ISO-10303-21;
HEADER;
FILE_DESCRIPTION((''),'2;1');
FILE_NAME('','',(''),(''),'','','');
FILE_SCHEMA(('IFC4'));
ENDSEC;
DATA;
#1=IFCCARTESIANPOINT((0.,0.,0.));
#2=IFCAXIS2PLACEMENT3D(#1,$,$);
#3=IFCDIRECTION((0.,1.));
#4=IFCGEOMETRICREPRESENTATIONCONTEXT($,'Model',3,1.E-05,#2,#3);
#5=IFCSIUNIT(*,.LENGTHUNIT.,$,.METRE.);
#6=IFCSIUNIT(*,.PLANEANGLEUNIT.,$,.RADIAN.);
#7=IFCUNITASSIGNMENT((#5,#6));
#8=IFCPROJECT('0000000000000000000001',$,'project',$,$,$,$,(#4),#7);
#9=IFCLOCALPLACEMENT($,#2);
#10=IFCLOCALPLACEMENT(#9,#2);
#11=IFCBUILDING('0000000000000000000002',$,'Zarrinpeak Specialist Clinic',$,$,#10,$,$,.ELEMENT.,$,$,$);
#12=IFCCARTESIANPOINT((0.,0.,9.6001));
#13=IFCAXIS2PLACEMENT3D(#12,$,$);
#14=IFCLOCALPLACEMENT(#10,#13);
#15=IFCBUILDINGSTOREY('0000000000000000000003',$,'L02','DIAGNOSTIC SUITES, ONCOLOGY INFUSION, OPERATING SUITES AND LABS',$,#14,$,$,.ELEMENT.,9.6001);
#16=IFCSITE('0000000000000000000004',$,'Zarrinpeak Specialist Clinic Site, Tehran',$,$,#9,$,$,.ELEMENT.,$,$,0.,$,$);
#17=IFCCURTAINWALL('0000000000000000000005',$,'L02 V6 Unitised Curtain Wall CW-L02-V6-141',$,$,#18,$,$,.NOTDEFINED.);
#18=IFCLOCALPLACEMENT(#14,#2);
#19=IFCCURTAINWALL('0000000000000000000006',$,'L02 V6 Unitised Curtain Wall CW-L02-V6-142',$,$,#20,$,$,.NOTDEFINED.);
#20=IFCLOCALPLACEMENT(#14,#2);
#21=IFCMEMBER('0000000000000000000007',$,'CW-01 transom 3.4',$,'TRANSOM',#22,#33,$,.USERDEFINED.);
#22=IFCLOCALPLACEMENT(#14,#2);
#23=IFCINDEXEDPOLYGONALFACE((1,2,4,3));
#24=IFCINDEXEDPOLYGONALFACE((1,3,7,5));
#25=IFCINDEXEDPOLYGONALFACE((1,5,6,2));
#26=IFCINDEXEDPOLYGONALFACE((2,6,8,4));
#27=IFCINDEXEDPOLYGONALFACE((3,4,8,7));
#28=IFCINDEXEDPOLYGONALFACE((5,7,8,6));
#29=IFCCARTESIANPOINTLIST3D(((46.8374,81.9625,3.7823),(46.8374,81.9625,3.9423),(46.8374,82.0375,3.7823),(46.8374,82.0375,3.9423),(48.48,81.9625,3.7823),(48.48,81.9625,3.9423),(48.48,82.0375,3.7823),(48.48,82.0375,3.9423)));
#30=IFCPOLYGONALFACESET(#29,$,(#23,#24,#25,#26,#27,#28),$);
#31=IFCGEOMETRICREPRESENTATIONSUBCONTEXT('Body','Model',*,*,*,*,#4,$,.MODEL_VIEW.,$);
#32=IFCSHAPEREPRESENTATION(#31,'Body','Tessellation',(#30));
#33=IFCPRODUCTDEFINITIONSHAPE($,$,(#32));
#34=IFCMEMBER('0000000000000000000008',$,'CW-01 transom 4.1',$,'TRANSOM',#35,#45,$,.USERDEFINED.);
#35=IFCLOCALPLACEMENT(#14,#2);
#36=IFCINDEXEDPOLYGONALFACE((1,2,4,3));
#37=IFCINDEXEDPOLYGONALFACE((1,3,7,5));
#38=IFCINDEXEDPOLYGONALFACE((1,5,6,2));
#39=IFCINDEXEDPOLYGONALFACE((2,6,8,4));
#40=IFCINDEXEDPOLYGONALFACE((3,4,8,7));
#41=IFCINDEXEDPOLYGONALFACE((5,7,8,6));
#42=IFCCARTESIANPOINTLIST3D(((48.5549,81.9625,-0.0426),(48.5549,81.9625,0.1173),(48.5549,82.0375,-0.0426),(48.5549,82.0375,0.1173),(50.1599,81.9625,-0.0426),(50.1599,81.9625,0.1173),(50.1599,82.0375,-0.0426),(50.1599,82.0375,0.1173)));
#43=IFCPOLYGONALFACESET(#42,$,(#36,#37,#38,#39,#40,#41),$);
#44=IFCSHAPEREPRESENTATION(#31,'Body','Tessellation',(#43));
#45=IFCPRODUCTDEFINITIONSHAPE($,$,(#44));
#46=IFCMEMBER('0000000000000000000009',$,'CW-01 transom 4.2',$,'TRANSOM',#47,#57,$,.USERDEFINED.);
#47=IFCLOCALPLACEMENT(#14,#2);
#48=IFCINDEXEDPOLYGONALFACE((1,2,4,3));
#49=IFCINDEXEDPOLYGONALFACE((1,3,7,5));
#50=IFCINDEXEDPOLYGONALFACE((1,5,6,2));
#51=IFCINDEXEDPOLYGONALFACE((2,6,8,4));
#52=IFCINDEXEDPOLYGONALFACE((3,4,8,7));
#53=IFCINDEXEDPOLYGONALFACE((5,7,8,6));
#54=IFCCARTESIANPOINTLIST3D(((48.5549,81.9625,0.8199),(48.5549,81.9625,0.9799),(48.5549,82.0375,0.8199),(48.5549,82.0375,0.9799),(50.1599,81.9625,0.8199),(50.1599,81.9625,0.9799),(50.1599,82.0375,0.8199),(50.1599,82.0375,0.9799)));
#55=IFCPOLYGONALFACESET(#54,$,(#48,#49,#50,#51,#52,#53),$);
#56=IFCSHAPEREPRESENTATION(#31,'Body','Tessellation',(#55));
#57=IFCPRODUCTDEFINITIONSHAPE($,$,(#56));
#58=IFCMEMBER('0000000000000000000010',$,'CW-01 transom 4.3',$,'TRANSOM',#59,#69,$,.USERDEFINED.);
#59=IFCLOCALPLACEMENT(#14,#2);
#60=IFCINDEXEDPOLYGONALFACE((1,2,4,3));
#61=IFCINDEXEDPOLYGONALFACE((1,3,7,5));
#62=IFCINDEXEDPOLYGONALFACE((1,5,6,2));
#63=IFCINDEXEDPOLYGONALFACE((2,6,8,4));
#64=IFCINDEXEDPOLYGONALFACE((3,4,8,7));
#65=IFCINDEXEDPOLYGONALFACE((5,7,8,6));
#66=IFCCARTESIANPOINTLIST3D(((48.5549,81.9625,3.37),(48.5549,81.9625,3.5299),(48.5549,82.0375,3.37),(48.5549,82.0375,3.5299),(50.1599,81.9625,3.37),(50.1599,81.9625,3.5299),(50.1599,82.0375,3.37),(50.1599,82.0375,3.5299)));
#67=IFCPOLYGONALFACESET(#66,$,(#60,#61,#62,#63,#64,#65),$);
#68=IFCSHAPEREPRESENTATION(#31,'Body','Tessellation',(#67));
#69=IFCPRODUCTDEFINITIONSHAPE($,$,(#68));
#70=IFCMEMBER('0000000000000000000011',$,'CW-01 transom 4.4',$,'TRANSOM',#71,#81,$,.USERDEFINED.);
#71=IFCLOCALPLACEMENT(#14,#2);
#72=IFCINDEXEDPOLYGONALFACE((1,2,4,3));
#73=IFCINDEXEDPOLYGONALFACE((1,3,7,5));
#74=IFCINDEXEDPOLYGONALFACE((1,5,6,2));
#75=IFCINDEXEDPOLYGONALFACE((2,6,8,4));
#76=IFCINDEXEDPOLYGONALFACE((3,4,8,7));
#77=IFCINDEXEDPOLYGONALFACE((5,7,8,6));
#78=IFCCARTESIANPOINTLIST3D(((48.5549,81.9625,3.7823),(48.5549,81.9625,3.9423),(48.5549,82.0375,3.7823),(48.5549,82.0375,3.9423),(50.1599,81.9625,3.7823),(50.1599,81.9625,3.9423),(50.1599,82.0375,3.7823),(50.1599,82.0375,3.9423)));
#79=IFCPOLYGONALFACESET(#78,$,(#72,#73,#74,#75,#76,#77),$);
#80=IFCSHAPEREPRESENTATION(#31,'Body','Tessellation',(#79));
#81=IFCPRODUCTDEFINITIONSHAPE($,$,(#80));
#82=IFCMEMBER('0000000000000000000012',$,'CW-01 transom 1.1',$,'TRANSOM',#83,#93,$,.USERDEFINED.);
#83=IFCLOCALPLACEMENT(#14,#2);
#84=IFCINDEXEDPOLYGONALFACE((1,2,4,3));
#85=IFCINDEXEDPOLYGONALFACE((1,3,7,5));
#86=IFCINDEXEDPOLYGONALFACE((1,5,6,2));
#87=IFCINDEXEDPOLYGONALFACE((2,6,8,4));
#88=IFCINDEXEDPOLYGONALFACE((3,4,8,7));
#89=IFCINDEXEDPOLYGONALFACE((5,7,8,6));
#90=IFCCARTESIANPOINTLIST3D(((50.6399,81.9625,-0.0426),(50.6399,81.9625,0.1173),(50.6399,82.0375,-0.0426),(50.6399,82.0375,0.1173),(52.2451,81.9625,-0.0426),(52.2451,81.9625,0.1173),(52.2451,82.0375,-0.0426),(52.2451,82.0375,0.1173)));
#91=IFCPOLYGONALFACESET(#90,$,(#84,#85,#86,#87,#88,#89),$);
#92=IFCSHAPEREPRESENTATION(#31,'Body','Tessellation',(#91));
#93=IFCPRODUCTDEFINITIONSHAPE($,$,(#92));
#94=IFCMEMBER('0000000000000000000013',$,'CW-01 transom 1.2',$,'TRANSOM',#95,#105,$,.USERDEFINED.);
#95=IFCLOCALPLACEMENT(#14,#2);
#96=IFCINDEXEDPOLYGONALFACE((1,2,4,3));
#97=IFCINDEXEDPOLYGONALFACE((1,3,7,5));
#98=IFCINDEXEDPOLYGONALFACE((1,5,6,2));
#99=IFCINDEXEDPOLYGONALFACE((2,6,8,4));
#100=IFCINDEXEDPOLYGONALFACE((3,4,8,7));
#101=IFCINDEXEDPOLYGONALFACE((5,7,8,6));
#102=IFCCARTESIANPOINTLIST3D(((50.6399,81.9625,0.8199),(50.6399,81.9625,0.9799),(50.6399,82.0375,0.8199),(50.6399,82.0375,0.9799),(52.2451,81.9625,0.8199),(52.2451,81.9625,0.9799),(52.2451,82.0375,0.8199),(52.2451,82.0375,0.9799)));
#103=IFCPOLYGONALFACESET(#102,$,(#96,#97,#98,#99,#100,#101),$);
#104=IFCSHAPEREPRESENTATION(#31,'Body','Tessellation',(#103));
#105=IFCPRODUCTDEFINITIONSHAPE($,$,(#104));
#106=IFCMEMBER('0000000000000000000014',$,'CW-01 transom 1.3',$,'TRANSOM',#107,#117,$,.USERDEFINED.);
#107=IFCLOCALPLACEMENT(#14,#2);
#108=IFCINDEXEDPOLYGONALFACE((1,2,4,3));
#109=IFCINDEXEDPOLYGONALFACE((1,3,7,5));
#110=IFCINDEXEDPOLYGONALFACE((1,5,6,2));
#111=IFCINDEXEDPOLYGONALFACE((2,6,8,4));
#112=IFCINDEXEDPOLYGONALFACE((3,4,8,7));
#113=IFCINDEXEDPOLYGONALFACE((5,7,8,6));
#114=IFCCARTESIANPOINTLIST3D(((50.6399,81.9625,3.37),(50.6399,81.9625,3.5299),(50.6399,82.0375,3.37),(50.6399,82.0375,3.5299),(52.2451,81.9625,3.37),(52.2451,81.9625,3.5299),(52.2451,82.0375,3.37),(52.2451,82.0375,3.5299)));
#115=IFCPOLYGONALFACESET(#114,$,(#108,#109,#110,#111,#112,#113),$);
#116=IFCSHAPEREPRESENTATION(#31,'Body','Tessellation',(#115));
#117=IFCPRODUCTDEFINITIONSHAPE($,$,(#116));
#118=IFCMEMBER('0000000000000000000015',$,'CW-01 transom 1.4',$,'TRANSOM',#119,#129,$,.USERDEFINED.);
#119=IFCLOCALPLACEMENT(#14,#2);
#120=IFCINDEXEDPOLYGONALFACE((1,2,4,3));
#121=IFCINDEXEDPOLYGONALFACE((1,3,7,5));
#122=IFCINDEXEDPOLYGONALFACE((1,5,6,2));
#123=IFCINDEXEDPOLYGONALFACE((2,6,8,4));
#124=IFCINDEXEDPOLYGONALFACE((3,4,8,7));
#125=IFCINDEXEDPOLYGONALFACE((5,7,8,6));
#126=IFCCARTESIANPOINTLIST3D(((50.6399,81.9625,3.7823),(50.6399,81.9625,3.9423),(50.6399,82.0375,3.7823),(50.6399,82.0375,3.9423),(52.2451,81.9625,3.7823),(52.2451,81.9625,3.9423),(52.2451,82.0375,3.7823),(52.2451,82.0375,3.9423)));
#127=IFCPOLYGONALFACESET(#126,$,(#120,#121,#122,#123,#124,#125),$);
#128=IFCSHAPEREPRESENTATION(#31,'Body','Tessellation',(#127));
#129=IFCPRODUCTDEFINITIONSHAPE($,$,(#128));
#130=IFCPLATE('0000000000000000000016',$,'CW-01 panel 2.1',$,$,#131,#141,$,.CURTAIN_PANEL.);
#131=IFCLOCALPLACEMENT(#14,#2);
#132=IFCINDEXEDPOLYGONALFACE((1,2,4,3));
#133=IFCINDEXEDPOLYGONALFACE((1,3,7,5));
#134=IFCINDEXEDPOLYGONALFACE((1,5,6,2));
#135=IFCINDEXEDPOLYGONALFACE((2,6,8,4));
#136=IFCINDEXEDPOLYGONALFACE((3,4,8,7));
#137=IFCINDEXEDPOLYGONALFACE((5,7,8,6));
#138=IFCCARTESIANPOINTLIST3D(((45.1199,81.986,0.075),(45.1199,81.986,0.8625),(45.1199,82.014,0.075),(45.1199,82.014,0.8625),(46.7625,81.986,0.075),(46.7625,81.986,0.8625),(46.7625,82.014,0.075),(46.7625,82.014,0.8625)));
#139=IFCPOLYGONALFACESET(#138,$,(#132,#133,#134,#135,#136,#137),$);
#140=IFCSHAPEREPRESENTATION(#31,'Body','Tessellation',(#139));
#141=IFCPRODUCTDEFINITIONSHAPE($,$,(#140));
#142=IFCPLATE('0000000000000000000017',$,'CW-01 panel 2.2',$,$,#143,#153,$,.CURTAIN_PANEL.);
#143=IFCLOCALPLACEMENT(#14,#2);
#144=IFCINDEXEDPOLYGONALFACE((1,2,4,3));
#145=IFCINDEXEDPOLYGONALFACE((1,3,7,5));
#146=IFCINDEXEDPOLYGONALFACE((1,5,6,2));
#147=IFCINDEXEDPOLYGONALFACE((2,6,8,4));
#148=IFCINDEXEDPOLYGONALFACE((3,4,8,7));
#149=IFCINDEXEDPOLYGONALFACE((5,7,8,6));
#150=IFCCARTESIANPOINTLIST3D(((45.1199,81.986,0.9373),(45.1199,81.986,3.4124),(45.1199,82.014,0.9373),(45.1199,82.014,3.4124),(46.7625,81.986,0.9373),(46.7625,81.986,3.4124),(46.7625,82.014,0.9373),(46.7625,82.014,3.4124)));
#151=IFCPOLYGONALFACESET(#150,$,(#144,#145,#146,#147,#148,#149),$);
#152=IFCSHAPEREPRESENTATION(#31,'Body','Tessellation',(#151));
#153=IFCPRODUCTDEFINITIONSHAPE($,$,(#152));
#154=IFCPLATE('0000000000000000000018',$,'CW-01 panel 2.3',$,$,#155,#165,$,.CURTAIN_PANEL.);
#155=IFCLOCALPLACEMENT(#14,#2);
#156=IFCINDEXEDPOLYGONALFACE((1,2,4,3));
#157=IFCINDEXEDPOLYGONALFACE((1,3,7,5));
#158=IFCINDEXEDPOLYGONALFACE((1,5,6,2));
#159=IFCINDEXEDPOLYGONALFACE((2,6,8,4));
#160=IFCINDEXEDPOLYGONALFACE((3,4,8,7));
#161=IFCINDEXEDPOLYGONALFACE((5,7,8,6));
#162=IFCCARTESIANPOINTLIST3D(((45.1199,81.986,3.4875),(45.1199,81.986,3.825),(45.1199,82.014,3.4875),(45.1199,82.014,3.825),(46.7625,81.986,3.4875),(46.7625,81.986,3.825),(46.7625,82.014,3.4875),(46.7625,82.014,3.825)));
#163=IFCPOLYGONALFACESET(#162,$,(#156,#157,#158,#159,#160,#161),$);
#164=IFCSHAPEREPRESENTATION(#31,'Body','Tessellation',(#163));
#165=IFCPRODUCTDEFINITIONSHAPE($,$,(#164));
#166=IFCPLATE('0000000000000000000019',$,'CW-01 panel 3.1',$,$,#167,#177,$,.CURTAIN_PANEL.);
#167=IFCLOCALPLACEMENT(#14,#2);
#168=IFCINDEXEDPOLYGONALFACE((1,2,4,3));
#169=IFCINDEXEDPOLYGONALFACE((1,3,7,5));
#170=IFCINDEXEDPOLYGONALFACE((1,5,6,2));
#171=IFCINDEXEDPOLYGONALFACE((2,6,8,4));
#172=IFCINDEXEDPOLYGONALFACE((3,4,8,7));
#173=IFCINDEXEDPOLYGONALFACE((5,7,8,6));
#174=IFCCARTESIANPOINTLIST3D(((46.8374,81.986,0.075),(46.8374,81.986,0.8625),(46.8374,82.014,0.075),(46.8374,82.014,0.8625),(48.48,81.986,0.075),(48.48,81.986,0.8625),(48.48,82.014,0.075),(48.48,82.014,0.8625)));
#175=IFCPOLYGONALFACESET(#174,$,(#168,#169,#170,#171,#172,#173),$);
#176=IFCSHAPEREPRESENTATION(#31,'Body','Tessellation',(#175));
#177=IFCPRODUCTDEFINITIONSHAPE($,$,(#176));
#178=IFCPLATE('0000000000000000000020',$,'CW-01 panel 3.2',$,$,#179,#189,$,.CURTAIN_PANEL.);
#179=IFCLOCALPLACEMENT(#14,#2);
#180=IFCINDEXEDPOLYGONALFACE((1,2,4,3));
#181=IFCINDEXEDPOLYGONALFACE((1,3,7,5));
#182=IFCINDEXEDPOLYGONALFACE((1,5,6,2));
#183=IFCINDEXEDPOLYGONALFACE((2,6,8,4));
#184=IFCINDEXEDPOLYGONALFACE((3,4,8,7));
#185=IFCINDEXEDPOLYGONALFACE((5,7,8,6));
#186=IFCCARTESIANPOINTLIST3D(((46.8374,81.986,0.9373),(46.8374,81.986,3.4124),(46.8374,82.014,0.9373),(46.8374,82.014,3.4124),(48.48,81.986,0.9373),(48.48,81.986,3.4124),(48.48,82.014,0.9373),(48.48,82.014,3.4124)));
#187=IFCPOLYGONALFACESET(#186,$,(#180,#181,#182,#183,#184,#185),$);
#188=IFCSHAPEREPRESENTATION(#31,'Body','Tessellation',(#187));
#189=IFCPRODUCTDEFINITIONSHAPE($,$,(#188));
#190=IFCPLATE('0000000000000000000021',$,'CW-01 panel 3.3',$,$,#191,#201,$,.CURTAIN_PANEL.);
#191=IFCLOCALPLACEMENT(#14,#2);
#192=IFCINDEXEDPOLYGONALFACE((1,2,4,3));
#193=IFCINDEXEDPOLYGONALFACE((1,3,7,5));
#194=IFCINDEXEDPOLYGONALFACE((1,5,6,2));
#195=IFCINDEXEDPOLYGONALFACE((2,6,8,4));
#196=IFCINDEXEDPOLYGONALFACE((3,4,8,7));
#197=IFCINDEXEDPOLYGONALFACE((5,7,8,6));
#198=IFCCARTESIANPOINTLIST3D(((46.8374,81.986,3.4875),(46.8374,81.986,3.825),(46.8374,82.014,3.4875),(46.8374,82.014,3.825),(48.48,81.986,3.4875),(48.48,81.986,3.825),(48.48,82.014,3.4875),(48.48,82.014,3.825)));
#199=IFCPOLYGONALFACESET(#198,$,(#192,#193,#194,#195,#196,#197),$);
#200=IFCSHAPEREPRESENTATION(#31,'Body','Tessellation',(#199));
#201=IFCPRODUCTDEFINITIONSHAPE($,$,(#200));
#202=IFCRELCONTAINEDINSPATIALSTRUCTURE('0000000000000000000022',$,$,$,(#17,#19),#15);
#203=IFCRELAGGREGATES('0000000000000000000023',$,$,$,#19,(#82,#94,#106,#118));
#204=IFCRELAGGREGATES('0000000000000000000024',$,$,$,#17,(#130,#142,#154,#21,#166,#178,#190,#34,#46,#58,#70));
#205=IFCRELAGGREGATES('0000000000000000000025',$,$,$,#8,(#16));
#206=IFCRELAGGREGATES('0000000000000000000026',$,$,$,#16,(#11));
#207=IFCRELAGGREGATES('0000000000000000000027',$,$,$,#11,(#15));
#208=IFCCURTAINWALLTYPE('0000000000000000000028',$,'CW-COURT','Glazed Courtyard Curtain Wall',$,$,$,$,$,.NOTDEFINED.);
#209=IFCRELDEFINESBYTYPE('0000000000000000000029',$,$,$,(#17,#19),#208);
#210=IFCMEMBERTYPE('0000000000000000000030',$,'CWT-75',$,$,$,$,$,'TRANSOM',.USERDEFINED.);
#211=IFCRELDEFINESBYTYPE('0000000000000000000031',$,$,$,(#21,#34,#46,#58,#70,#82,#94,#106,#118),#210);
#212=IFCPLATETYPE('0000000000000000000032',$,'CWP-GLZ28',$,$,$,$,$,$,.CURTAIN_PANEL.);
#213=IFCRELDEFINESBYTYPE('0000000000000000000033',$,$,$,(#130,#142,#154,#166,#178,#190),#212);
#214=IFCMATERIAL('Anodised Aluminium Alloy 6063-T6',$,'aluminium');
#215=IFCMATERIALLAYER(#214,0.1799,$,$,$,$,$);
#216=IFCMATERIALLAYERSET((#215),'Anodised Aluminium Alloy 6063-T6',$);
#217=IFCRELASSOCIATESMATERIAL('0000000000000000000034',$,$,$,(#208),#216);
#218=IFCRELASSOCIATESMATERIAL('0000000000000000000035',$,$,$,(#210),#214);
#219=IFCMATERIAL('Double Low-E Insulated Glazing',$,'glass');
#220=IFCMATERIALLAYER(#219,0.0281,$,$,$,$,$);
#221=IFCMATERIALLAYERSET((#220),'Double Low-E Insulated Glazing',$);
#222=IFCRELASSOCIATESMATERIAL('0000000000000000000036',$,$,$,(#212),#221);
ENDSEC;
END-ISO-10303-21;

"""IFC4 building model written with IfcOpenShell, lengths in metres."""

from ifc_helpers import new_model, si_unit, direction, frame, origin, origin_2d, place, context, subcontext, project, spatial, rectangle, extrude, material, layer, layer_set, material_profile, profile_set, type_object, element, aggregate, save


model = new_model("IFC4")

# Units and contexts
model_context = context("Model", 3, precision=1e-05, world=origin(), true_north=direction((0.0, 1.0)))
body_context = subcontext(model_context, "Body", "Model", "MODEL_VIEW")
ifc_project = project(units=[si_unit("LENGTHUNIT", "METRE"), si_unit("PLANEANGLEUNIT", "RADIAN")], contexts=[model_context])

# Site, building, storey
site_placement = place(None, origin())
site = spatial("IfcSite", under=ifc_project, at=site_placement, Name="Zarrinpeak Specialist Clinic Site, Tehran", CompositionType="ELEMENT", RefElevation=0.0)
building_placement = place(site_placement, origin())
building = spatial("IfcBuilding", under=site, at=building_placement, Name="Zarrinpeak Specialist Clinic", CompositionType="ELEMENT")
storey_placement = place(building_placement, frame((0.0, 0.0, 9.6001)))
storey = spatial("IfcBuildingStorey", under=building, at=storey_placement, Name="L02", Description="DIAGNOSTIC SUITES, ONCOLOGY INFUSION, OPERATING SUITES AND LABS", CompositionType="ELEMENT", Elevation=9.6001)

# Curtain wall
ifc_material_1 = material(Name="Anodised Aluminium Alloy 6063-T6", Category="aluminium")
ifc_layer_1 = layer(ifc_material_1, 0.1799)
ifc_layer_set_1 = layer_set([ifc_layer_1], Name="Anodised Aluminium Alloy 6063-T6")
curtain_wall_type = type_object("IfcCurtainWallType", Name="CW-COURT", Description="Glazed Courtyard Curtain Wall", PredefinedType="NOTDEFINED", material=ifc_layer_set_1)
curtain_wall_1_placement = place(storey_placement, origin())
curtain_wall_1 = element("IfcCurtainWall", 1, at=curtain_wall_1_placement, inside=storey, type_object=curtain_wall_type, Name="L02 V6 Unitised Curtain Wall CW-L02-V6-141", PredefinedType="NOTDEFINED")

# Curtain wall
curtain_wall_2_placement = place(storey_placement, origin())
curtain_wall_2 = element("IfcCurtainWall", 2, at=curtain_wall_2_placement, inside=storey, type_object=curtain_wall_type, Name="L02 V6 Unitised Curtain Wall CW-L02-V6-142", PredefinedType="NOTDEFINED")

# Members
ifc_material_profile_1 = material_profile(ifc_material_1, rectangle(XDim=0.075, YDim=0.1599, at=origin_2d()), Name="ALU 75x160")
ifc_profile_set_1 = profile_set([ifc_material_profile_1], Name="Anodised Aluminium Alloy 6063-T6")
member_type_1 = type_object("IfcMemberType", Name="CWT-75", ElementType="TRANSOM", PredefinedType="USERDEFINED", material=ifc_profile_set_1)
member_1_placement = place(storey_placement, frame((46.8374, 82.0, 3.8623), z_axis=(1.0, 0.0, 0.0), x_axis=(0.0, 1.0, 0.0)))
member_1 = element("IfcMember", 3, at=member_1_placement, type_object=member_type_1, Name="CW-01 transom 3.4", ObjectType="TRANSOM", PredefinedType="USERDEFINED", context=body_context, shape_type="SweptSolid", body=[
    extrude(rectangle(XDim=0.075, YDim=0.1599, at=origin_2d()), origin(), (0.0, 0.0, 1.0), 1.6426),
])
member_2_placement = place(storey_placement, frame((48.5549, 82.0, 0.0374), z_axis=(1.0, 0.0, 0.0), x_axis=(0.0, 1.0, 0.0)))
member_2 = element("IfcMember", 4, at=member_2_placement, type_object=member_type_1, Name="CW-01 transom 4.1", ObjectType="TRANSOM", PredefinedType="USERDEFINED", context=body_context, shape_type="SweptSolid", body=[
    extrude(rectangle(XDim=0.075, YDim=0.1599, at=origin_2d()), origin(), (0.0, 0.0, 1.0), 1.605),
])
member_3_placement = place(storey_placement, frame((48.5549, 82.0, 0.8999), z_axis=(1.0, 0.0, 0.0), x_axis=(0.0, 1.0, 0.0)))
member_3 = element("IfcMember", 5, at=member_3_placement, type_object=member_type_1, Name="CW-01 transom 4.2", ObjectType="TRANSOM", PredefinedType="USERDEFINED", context=body_context, shape_type="SweptSolid", body=[
    extrude(rectangle(XDim=0.075, YDim=0.1599, at=origin_2d()), origin(), (0.0, 0.0, 1.0), 1.605),
])
member_4_placement = place(storey_placement, frame((48.5549, 82.0, 3.45), z_axis=(1.0, 0.0, 0.0), x_axis=(0.0, 1.0, 0.0)))
member_4 = element("IfcMember", 6, at=member_4_placement, type_object=member_type_1, Name="CW-01 transom 4.3", ObjectType="TRANSOM", PredefinedType="USERDEFINED", context=body_context, shape_type="SweptSolid", body=[
    extrude(rectangle(XDim=0.075, YDim=0.1599, at=origin_2d()), origin(), (0.0, 0.0, 1.0), 1.605),
])
member_5_placement = place(storey_placement, frame((48.5549, 82.0, 3.8623), z_axis=(1.0, 0.0, 0.0), x_axis=(0.0, 1.0, 0.0)))
member_5 = element("IfcMember", 7, at=member_5_placement, type_object=member_type_1, Name="CW-01 transom 4.4", ObjectType="TRANSOM", PredefinedType="USERDEFINED", context=body_context, shape_type="SweptSolid", body=[
    extrude(rectangle(XDim=0.075, YDim=0.1599, at=origin_2d()), origin(), (0.0, 0.0, 1.0), 1.605),
])
member_6_placement = place(storey_placement, frame((50.6399, 82.0, 0.0374), z_axis=(1.0, 0.0, 0.0), x_axis=(0.0, 1.0, 0.0)))
member_6 = element("IfcMember", 8, at=member_6_placement, type_object=member_type_1, Name="CW-01 transom 1.1", ObjectType="TRANSOM", PredefinedType="USERDEFINED", context=body_context, shape_type="SweptSolid", body=[
    extrude(rectangle(XDim=0.075, YDim=0.1599, at=origin_2d()), origin(), (0.0, 0.0, 1.0), 1.6052),
])
member_7_placement = place(storey_placement, frame((50.6399, 82.0, 0.8999), z_axis=(1.0, 0.0, 0.0), x_axis=(0.0, 1.0, 0.0)))
member_7 = element("IfcMember", 9, at=member_7_placement, type_object=member_type_1, Name="CW-01 transom 1.2", ObjectType="TRANSOM", PredefinedType="USERDEFINED", context=body_context, shape_type="SweptSolid", body=[
    extrude(rectangle(XDim=0.075, YDim=0.1599, at=origin_2d()), origin(), (0.0, 0.0, 1.0), 1.6052),
])
member_8_placement = place(storey_placement, frame((50.6399, 82.0, 3.45), z_axis=(1.0, 0.0, 0.0), x_axis=(0.0, 1.0, 0.0)))
member_8 = element("IfcMember", 10, at=member_8_placement, type_object=member_type_1, Name="CW-01 transom 1.3", ObjectType="TRANSOM", PredefinedType="USERDEFINED", context=body_context, shape_type="SweptSolid", body=[
    extrude(rectangle(XDim=0.075, YDim=0.1599, at=origin_2d()), origin(), (0.0, 0.0, 1.0), 1.6052),
])
member_9_placement = place(storey_placement, frame((50.6399, 82.0, 3.8623), z_axis=(1.0, 0.0, 0.0), x_axis=(0.0, 1.0, 0.0)))
member_9 = element("IfcMember", 11, at=member_9_placement, type_object=member_type_1, Name="CW-01 transom 1.4", ObjectType="TRANSOM", PredefinedType="USERDEFINED", context=body_context, shape_type="SweptSolid", body=[
    extrude(rectangle(XDim=0.075, YDim=0.1599, at=origin_2d()), origin(), (0.0, 0.0, 1.0), 1.6052),
])
aggregate(curtain_wall_2, [member_6, member_7, member_8, member_9])

# Plates
ifc_material_2 = material(Name="Double Low-E Insulated Glazing", Category="glass")
ifc_layer_2 = layer(ifc_material_2, 0.0281)
ifc_layer_set_2 = layer_set([ifc_layer_2], Name="Double Low-E Insulated Glazing")
plate_type = type_object("IfcPlateType", Name="CWP-GLZ28", PredefinedType="CURTAIN_PANEL", material=ifc_layer_set_2)
plate_1_placement = place(storey_placement, frame((45.9412, 82.0, 0.075), z_axis=(0.0, 0.0, 1.0), x_axis=(1.0, 0.0, 0.0)))
plate_1 = element("IfcPlate", 12, at=plate_1_placement, type_object=plate_type, Name="CW-01 panel 2.1", PredefinedType="CURTAIN_PANEL", context=body_context, shape_type="SweptSolid", body=[
    extrude(rectangle(XDim=1.6426, YDim=0.0281, at=origin_2d()), origin(), (0.0, 0.0, 1.0), 0.7876),
])
plate_2_placement = place(storey_placement, frame((45.9412, 82.0, 0.9373), z_axis=(0.0, 0.0, 1.0), x_axis=(1.0, 0.0, 0.0)))
plate_2 = element("IfcPlate", 13, at=plate_2_placement, type_object=plate_type, Name="CW-01 panel 2.2", PredefinedType="CURTAIN_PANEL", context=body_context, shape_type="SweptSolid", body=[
    extrude(rectangle(XDim=1.6426, YDim=0.0281, at=origin_2d()), origin(), (0.0, 0.0, 1.0), 2.4751),
])
plate_3_placement = place(storey_placement, frame((45.9412, 82.0, 3.4875), z_axis=(0.0, 0.0, 1.0), x_axis=(1.0, 0.0, 0.0)))
plate_3 = element("IfcPlate", 14, at=plate_3_placement, type_object=plate_type, Name="CW-01 panel 2.3", PredefinedType="CURTAIN_PANEL", context=body_context, shape_type="SweptSolid", body=[
    extrude(rectangle(XDim=1.6426, YDim=0.0281, at=origin_2d()), origin(), (0.0, 0.0, 1.0), 0.3374),
])
plate_4_placement = place(storey_placement, frame((47.6587, 82.0, 0.075), z_axis=(0.0, 0.0, 1.0), x_axis=(1.0, 0.0, 0.0)))
plate_4 = element("IfcPlate", 15, at=plate_4_placement, type_object=plate_type, Name="CW-01 panel 3.1", PredefinedType="CURTAIN_PANEL", context=body_context, shape_type="SweptSolid", body=[
    extrude(rectangle(XDim=1.6426, YDim=0.0281, at=origin_2d()), origin(), (0.0, 0.0, 1.0), 0.7876),
])
plate_5_placement = place(storey_placement, frame((47.6587, 82.0, 0.9373), z_axis=(0.0, 0.0, 1.0), x_axis=(1.0, 0.0, 0.0)))
plate_5 = element("IfcPlate", 16, at=plate_5_placement, type_object=plate_type, Name="CW-01 panel 3.2", PredefinedType="CURTAIN_PANEL", context=body_context, shape_type="SweptSolid", body=[
    extrude(rectangle(XDim=1.6426, YDim=0.0281, at=origin_2d()), origin(), (0.0, 0.0, 1.0), 2.4751),
])
plate_6_placement = place(storey_placement, frame((47.6587, 82.0, 3.4875), z_axis=(0.0, 0.0, 1.0), x_axis=(1.0, 0.0, 0.0)))
plate_6 = element("IfcPlate", 17, at=plate_6_placement, type_object=plate_type, Name="CW-01 panel 3.3", PredefinedType="CURTAIN_PANEL", context=body_context, shape_type="SweptSolid", body=[
    extrude(rectangle(XDim=1.6426, YDim=0.0281, at=origin_2d()), origin(), (0.0, 0.0, 1.0), 0.3374),
])
aggregate(curtain_wall_1, [plate_1, plate_2, plate_3, member_1, plate_4, plate_5, plate_6, member_2, member_3, member_4, member_5])

save(model, "model.ifc")
